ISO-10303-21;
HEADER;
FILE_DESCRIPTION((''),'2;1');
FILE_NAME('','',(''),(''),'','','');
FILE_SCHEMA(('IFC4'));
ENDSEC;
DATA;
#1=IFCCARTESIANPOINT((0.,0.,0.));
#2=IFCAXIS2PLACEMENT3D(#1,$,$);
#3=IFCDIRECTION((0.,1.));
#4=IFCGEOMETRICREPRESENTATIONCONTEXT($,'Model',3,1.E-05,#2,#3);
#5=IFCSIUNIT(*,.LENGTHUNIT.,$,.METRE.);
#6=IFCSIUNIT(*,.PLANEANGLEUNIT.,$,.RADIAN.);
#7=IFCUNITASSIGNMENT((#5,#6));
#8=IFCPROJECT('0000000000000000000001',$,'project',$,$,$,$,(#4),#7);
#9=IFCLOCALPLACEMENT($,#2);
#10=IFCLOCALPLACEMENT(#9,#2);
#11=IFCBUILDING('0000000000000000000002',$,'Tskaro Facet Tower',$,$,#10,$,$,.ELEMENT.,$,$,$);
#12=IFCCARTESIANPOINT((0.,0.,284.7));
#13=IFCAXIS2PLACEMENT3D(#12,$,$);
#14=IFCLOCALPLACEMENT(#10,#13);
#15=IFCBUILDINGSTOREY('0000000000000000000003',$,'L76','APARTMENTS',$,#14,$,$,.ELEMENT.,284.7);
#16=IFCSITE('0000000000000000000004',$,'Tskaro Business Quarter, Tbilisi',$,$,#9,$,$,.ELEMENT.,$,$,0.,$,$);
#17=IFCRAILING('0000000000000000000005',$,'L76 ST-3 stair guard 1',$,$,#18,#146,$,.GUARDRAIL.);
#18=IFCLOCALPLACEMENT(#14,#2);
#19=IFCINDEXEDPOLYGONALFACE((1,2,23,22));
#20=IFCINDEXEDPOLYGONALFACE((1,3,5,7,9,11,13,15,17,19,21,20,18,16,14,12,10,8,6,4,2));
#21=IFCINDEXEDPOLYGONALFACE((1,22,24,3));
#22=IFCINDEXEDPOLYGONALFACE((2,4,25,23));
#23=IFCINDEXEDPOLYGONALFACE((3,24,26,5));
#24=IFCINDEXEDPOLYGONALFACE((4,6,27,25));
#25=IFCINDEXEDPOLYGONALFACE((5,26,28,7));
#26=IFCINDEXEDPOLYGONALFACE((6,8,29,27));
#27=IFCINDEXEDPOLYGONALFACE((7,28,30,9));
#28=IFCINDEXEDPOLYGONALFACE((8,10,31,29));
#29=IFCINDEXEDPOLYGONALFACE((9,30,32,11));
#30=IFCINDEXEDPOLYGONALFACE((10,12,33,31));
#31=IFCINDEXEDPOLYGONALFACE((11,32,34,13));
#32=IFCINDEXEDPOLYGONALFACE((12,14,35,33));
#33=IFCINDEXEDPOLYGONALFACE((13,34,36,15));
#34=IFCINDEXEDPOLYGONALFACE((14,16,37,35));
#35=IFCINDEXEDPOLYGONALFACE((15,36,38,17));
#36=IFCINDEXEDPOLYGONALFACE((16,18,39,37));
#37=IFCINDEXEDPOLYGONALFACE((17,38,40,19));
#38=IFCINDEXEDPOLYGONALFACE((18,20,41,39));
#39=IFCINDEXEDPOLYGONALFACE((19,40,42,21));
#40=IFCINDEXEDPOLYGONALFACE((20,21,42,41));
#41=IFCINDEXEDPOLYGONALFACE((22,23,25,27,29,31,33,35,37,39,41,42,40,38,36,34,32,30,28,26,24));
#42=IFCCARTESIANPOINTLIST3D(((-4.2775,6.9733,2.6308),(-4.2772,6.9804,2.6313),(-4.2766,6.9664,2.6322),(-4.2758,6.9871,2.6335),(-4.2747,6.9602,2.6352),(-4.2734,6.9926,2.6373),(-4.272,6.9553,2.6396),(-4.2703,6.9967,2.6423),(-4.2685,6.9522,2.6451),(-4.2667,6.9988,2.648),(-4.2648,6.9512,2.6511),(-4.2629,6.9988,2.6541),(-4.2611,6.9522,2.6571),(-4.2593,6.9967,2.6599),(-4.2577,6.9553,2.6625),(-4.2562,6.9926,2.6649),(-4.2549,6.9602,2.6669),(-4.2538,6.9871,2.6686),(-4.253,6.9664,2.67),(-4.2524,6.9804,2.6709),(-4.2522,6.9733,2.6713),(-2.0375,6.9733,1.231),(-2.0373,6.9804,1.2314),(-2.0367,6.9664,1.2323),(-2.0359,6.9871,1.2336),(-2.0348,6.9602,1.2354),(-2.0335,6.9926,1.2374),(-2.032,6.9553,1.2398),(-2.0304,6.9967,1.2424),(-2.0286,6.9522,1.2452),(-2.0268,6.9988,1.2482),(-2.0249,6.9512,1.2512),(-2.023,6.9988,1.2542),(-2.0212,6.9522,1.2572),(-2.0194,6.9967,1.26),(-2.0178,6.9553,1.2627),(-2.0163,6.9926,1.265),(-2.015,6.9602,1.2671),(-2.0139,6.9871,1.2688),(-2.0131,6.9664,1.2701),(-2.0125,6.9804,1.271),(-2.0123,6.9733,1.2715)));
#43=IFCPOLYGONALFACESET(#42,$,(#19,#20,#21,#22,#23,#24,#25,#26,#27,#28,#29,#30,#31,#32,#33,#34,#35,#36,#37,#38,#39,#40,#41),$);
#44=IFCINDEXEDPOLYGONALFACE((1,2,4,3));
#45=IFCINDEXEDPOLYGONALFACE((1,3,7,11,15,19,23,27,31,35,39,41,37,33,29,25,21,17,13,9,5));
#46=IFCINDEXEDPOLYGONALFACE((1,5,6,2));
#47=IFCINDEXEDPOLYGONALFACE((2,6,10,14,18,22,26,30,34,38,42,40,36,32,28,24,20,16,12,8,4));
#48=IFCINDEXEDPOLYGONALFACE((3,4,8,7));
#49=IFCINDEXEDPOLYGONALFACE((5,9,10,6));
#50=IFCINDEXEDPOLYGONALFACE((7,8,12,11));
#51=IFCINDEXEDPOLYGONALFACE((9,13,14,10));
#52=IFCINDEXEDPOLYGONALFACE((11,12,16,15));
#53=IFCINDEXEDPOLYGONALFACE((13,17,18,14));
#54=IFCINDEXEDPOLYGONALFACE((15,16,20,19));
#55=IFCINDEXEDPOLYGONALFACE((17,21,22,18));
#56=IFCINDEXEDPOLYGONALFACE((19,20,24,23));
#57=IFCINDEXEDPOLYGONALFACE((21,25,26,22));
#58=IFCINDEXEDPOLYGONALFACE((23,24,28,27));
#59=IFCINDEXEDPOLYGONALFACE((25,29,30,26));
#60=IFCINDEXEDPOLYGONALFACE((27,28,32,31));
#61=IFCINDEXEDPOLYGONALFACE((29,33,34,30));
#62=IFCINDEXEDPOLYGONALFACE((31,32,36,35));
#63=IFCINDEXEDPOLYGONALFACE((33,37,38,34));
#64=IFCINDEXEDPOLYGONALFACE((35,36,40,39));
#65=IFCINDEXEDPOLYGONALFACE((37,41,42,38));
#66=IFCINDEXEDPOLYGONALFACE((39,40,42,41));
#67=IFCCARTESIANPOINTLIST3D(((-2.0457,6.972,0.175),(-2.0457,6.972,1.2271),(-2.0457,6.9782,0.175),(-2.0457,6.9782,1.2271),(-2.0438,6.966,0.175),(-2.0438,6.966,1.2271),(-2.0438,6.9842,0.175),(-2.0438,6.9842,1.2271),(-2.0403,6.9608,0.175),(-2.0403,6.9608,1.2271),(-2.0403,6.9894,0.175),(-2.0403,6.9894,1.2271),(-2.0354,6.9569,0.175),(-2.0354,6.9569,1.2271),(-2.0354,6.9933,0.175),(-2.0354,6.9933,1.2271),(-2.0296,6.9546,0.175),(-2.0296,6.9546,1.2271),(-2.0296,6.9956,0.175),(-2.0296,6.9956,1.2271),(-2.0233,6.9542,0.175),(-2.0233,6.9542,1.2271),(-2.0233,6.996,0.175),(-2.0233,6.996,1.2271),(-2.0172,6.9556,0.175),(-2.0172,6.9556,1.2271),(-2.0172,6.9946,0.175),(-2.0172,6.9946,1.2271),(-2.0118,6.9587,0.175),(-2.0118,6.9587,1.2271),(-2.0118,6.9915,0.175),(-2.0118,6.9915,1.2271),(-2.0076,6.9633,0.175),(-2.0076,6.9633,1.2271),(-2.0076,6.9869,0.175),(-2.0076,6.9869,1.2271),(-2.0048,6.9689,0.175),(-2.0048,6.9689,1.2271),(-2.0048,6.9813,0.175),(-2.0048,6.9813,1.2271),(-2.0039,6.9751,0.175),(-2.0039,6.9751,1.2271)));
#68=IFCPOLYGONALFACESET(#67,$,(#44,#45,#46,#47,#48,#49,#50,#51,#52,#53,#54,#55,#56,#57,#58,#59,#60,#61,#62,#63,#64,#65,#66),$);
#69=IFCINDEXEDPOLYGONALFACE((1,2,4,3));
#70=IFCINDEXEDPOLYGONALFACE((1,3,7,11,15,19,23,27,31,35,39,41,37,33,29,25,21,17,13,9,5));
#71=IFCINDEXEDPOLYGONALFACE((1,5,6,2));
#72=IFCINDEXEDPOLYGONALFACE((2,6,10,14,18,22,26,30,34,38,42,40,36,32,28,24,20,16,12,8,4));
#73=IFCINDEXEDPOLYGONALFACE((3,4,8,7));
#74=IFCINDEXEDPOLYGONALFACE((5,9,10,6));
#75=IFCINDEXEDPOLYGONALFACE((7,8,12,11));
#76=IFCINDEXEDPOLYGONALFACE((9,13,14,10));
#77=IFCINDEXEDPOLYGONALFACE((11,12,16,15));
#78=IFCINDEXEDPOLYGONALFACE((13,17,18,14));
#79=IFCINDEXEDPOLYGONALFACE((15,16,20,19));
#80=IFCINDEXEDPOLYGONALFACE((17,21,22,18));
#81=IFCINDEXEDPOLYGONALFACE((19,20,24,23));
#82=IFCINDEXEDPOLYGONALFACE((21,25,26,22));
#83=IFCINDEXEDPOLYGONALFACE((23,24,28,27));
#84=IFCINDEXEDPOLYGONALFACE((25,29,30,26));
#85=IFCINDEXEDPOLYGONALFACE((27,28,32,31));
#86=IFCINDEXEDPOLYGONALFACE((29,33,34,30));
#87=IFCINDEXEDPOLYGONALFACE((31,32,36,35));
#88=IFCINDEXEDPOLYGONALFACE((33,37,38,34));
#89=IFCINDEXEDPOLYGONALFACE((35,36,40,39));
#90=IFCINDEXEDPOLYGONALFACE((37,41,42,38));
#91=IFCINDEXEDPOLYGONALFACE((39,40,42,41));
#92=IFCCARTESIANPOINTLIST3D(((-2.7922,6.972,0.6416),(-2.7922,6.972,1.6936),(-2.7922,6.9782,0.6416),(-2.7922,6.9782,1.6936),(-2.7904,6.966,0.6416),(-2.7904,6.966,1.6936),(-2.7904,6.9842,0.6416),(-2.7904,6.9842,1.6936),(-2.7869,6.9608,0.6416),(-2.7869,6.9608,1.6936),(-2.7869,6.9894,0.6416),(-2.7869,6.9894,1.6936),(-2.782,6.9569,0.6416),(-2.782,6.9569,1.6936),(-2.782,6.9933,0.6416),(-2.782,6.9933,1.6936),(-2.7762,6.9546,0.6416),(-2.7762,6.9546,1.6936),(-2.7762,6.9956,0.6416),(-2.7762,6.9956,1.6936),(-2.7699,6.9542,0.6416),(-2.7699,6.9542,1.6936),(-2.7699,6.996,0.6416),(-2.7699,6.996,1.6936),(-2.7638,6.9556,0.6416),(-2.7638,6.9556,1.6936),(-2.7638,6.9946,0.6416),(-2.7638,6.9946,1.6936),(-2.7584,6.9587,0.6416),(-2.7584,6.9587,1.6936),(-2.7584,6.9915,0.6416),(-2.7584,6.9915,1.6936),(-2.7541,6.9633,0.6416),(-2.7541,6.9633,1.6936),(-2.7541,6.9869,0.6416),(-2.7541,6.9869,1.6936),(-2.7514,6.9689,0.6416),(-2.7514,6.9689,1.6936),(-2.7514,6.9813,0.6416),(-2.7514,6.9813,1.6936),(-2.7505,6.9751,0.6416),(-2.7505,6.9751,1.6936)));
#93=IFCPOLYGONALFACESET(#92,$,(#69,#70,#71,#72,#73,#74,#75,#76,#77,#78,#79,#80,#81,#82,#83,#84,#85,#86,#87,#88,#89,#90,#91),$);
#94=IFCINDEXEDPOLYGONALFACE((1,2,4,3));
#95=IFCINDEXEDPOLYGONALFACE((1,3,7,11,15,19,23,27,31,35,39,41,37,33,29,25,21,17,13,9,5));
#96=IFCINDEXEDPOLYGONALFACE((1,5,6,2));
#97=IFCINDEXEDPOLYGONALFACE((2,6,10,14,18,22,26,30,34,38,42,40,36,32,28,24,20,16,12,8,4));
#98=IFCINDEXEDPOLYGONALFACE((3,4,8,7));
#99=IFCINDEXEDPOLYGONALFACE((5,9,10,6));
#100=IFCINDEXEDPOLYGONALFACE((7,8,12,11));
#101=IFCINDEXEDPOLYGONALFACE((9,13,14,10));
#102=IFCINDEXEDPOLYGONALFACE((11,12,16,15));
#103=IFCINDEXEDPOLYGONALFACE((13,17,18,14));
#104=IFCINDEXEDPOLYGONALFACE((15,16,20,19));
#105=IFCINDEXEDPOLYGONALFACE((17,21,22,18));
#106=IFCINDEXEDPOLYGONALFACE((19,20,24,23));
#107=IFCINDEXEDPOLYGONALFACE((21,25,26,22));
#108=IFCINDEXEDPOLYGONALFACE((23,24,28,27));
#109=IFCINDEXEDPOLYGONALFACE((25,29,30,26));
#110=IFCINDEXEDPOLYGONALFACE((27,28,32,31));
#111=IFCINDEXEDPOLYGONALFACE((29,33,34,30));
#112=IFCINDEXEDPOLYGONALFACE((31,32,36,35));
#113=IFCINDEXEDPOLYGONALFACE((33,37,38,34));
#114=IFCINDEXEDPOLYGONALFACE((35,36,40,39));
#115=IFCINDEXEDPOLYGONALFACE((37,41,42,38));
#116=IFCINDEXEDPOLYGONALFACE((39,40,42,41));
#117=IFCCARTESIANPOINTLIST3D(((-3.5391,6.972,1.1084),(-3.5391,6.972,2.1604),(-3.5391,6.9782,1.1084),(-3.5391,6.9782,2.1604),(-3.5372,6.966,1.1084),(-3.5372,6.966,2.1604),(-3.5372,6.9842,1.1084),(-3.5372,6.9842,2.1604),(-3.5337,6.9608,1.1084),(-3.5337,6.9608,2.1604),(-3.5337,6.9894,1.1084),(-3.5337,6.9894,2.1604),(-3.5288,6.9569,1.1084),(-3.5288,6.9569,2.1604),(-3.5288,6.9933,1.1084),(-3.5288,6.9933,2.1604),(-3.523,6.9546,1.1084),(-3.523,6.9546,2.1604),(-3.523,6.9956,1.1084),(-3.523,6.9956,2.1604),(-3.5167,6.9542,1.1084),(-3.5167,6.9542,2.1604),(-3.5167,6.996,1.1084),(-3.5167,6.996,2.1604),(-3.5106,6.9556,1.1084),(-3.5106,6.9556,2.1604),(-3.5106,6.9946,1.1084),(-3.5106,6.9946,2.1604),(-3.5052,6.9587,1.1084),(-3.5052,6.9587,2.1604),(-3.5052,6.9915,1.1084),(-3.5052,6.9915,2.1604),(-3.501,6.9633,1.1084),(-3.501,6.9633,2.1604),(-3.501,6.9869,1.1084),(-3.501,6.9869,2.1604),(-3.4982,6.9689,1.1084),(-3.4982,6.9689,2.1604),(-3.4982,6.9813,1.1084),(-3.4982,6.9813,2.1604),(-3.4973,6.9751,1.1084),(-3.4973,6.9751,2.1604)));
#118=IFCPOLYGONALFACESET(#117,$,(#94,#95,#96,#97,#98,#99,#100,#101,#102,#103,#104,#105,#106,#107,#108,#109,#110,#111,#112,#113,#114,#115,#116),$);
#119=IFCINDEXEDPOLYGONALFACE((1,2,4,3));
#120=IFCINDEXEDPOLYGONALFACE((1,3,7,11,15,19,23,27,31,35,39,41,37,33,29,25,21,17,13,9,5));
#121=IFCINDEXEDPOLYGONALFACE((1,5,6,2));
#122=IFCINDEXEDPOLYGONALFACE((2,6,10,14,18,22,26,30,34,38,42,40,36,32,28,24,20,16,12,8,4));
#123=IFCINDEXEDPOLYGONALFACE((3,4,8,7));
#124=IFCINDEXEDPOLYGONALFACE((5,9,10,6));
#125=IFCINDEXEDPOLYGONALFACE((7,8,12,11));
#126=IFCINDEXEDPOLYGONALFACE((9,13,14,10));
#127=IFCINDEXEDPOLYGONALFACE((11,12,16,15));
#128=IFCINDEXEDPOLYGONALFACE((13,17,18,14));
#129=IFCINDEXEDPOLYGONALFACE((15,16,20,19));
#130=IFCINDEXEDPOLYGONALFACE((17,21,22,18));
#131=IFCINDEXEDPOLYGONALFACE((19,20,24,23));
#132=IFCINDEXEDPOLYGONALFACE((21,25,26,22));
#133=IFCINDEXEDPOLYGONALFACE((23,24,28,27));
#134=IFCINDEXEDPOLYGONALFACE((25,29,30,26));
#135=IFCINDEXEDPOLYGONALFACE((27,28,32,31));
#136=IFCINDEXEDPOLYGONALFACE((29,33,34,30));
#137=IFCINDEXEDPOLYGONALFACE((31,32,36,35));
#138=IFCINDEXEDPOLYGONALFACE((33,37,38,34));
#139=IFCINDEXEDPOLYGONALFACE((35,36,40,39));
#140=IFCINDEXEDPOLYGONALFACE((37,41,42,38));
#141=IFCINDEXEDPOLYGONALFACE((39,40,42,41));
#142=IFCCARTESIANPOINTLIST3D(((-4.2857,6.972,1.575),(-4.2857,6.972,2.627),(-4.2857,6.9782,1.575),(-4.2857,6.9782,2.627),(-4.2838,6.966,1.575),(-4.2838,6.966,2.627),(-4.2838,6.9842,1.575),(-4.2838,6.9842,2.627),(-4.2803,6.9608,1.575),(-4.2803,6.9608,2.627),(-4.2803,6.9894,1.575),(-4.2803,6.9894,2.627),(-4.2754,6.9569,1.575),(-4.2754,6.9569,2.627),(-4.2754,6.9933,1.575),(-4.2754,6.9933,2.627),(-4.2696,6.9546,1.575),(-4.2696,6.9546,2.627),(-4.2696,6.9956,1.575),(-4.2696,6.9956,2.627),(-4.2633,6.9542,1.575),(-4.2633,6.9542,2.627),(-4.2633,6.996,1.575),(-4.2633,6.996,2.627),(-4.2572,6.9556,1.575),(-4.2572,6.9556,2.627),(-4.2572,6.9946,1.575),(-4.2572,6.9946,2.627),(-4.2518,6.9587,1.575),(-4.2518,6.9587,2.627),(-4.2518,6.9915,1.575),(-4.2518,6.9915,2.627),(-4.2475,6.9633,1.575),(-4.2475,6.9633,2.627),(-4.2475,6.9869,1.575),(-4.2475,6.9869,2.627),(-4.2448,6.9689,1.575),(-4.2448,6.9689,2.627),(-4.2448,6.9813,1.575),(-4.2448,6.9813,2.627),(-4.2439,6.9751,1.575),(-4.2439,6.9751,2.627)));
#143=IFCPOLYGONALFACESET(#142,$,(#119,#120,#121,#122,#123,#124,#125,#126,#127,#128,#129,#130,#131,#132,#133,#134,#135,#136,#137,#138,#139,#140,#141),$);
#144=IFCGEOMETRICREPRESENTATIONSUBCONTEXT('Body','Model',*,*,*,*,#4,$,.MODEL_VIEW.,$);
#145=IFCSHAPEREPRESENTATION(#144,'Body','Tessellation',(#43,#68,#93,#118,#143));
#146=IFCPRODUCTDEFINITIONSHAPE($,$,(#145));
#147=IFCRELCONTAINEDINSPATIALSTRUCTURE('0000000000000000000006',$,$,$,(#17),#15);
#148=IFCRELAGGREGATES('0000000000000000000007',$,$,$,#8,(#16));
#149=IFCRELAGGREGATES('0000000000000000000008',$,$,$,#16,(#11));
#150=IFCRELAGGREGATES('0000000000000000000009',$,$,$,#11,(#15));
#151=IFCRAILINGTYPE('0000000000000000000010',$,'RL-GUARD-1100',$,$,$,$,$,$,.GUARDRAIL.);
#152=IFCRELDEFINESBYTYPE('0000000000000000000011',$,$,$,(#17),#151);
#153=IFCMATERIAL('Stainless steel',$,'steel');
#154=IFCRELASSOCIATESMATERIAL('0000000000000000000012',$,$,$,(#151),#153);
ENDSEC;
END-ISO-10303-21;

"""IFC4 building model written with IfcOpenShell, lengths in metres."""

from ifc_helpers import new_model, si_unit, direction, frame, origin, origin_2d, place, context, subcontext, project, spatial, circle, extrude, material, type_object, element, save


model = new_model("IFC4")

# Units and contexts
model_context = context("Model", 3, precision=1e-05, world=origin(), true_north=direction((0.0, 1.0)))
body_context = subcontext(model_context, "Body", "Model", "MODEL_VIEW")
ifc_project = project(units=[si_unit("LENGTHUNIT", "METRE"), si_unit("PLANEANGLEUNIT", "RADIAN")], contexts=[model_context])

# Site, building, storey
site_placement = place(None, origin())
site = spatial("IfcSite", under=ifc_project, at=site_placement, Name="Tskaro Business Quarter, Tbilisi", CompositionType="ELEMENT", RefElevation=0.0)
building_placement = place(site_placement, origin())
building = spatial("IfcBuilding", under=site, at=building_placement, Name="Tskaro Facet Tower", CompositionType="ELEMENT")
storey_placement = place(building_placement, frame((0.0, 0.0, 284.7)))
storey = spatial("IfcBuildingStorey", under=building, at=storey_placement, Name="L76", Description="APARTMENTS", CompositionType="ELEMENT", Elevation=284.7)

# Railing
ifc_material_1 = material(Name="Stainless steel", Category="steel")
railing_type_1 = type_object("IfcRailingType", Name="RL-GUARD-1100", PredefinedType="GUARDRAIL", material=ifc_material_1)
railing_1_placement = place(storey_placement, frame((-2.0249, 6.9751, 0.175)))
element("IfcRailing", 1, at=railing_1_placement, inside=storey, type_object=railing_type_1, Name="L76 ST-3 stair guard 1", PredefinedType="GUARDRAIL", context=body_context, shape_type="SweptSolid", body=[
    extrude(circle(Radius=0.0239, at=origin_2d()), frame((0.0, 0.0, 1.0762), z_axis=(-0.848014, 0.0, 0.529974), x_axis=(0.0, -1.0, 0.0)), (0.0, 0.0, 1.0), 2.6414),
    extrude(circle(Radius=0.021, at=origin_2d()), origin(), (0.0, 0.0, 1.0), 1.052),
    extrude(circle(Radius=0.021, at=origin_2d()), frame((-0.7466, 0.0, 0.4666)), (0.0, 0.0, 1.0), 1.052),
    extrude(circle(Radius=0.021, at=origin_2d()), frame((-1.4934, 0.0, 0.9333)), (0.0, 0.0, 1.0), 1.052),
    extrude(circle(Radius=0.021, at=origin_2d()), frame((-2.24, 0.0, 1.3999)), (0.0, 0.0, 1.0), 1.052),
])

save(model, "model.ifc")
